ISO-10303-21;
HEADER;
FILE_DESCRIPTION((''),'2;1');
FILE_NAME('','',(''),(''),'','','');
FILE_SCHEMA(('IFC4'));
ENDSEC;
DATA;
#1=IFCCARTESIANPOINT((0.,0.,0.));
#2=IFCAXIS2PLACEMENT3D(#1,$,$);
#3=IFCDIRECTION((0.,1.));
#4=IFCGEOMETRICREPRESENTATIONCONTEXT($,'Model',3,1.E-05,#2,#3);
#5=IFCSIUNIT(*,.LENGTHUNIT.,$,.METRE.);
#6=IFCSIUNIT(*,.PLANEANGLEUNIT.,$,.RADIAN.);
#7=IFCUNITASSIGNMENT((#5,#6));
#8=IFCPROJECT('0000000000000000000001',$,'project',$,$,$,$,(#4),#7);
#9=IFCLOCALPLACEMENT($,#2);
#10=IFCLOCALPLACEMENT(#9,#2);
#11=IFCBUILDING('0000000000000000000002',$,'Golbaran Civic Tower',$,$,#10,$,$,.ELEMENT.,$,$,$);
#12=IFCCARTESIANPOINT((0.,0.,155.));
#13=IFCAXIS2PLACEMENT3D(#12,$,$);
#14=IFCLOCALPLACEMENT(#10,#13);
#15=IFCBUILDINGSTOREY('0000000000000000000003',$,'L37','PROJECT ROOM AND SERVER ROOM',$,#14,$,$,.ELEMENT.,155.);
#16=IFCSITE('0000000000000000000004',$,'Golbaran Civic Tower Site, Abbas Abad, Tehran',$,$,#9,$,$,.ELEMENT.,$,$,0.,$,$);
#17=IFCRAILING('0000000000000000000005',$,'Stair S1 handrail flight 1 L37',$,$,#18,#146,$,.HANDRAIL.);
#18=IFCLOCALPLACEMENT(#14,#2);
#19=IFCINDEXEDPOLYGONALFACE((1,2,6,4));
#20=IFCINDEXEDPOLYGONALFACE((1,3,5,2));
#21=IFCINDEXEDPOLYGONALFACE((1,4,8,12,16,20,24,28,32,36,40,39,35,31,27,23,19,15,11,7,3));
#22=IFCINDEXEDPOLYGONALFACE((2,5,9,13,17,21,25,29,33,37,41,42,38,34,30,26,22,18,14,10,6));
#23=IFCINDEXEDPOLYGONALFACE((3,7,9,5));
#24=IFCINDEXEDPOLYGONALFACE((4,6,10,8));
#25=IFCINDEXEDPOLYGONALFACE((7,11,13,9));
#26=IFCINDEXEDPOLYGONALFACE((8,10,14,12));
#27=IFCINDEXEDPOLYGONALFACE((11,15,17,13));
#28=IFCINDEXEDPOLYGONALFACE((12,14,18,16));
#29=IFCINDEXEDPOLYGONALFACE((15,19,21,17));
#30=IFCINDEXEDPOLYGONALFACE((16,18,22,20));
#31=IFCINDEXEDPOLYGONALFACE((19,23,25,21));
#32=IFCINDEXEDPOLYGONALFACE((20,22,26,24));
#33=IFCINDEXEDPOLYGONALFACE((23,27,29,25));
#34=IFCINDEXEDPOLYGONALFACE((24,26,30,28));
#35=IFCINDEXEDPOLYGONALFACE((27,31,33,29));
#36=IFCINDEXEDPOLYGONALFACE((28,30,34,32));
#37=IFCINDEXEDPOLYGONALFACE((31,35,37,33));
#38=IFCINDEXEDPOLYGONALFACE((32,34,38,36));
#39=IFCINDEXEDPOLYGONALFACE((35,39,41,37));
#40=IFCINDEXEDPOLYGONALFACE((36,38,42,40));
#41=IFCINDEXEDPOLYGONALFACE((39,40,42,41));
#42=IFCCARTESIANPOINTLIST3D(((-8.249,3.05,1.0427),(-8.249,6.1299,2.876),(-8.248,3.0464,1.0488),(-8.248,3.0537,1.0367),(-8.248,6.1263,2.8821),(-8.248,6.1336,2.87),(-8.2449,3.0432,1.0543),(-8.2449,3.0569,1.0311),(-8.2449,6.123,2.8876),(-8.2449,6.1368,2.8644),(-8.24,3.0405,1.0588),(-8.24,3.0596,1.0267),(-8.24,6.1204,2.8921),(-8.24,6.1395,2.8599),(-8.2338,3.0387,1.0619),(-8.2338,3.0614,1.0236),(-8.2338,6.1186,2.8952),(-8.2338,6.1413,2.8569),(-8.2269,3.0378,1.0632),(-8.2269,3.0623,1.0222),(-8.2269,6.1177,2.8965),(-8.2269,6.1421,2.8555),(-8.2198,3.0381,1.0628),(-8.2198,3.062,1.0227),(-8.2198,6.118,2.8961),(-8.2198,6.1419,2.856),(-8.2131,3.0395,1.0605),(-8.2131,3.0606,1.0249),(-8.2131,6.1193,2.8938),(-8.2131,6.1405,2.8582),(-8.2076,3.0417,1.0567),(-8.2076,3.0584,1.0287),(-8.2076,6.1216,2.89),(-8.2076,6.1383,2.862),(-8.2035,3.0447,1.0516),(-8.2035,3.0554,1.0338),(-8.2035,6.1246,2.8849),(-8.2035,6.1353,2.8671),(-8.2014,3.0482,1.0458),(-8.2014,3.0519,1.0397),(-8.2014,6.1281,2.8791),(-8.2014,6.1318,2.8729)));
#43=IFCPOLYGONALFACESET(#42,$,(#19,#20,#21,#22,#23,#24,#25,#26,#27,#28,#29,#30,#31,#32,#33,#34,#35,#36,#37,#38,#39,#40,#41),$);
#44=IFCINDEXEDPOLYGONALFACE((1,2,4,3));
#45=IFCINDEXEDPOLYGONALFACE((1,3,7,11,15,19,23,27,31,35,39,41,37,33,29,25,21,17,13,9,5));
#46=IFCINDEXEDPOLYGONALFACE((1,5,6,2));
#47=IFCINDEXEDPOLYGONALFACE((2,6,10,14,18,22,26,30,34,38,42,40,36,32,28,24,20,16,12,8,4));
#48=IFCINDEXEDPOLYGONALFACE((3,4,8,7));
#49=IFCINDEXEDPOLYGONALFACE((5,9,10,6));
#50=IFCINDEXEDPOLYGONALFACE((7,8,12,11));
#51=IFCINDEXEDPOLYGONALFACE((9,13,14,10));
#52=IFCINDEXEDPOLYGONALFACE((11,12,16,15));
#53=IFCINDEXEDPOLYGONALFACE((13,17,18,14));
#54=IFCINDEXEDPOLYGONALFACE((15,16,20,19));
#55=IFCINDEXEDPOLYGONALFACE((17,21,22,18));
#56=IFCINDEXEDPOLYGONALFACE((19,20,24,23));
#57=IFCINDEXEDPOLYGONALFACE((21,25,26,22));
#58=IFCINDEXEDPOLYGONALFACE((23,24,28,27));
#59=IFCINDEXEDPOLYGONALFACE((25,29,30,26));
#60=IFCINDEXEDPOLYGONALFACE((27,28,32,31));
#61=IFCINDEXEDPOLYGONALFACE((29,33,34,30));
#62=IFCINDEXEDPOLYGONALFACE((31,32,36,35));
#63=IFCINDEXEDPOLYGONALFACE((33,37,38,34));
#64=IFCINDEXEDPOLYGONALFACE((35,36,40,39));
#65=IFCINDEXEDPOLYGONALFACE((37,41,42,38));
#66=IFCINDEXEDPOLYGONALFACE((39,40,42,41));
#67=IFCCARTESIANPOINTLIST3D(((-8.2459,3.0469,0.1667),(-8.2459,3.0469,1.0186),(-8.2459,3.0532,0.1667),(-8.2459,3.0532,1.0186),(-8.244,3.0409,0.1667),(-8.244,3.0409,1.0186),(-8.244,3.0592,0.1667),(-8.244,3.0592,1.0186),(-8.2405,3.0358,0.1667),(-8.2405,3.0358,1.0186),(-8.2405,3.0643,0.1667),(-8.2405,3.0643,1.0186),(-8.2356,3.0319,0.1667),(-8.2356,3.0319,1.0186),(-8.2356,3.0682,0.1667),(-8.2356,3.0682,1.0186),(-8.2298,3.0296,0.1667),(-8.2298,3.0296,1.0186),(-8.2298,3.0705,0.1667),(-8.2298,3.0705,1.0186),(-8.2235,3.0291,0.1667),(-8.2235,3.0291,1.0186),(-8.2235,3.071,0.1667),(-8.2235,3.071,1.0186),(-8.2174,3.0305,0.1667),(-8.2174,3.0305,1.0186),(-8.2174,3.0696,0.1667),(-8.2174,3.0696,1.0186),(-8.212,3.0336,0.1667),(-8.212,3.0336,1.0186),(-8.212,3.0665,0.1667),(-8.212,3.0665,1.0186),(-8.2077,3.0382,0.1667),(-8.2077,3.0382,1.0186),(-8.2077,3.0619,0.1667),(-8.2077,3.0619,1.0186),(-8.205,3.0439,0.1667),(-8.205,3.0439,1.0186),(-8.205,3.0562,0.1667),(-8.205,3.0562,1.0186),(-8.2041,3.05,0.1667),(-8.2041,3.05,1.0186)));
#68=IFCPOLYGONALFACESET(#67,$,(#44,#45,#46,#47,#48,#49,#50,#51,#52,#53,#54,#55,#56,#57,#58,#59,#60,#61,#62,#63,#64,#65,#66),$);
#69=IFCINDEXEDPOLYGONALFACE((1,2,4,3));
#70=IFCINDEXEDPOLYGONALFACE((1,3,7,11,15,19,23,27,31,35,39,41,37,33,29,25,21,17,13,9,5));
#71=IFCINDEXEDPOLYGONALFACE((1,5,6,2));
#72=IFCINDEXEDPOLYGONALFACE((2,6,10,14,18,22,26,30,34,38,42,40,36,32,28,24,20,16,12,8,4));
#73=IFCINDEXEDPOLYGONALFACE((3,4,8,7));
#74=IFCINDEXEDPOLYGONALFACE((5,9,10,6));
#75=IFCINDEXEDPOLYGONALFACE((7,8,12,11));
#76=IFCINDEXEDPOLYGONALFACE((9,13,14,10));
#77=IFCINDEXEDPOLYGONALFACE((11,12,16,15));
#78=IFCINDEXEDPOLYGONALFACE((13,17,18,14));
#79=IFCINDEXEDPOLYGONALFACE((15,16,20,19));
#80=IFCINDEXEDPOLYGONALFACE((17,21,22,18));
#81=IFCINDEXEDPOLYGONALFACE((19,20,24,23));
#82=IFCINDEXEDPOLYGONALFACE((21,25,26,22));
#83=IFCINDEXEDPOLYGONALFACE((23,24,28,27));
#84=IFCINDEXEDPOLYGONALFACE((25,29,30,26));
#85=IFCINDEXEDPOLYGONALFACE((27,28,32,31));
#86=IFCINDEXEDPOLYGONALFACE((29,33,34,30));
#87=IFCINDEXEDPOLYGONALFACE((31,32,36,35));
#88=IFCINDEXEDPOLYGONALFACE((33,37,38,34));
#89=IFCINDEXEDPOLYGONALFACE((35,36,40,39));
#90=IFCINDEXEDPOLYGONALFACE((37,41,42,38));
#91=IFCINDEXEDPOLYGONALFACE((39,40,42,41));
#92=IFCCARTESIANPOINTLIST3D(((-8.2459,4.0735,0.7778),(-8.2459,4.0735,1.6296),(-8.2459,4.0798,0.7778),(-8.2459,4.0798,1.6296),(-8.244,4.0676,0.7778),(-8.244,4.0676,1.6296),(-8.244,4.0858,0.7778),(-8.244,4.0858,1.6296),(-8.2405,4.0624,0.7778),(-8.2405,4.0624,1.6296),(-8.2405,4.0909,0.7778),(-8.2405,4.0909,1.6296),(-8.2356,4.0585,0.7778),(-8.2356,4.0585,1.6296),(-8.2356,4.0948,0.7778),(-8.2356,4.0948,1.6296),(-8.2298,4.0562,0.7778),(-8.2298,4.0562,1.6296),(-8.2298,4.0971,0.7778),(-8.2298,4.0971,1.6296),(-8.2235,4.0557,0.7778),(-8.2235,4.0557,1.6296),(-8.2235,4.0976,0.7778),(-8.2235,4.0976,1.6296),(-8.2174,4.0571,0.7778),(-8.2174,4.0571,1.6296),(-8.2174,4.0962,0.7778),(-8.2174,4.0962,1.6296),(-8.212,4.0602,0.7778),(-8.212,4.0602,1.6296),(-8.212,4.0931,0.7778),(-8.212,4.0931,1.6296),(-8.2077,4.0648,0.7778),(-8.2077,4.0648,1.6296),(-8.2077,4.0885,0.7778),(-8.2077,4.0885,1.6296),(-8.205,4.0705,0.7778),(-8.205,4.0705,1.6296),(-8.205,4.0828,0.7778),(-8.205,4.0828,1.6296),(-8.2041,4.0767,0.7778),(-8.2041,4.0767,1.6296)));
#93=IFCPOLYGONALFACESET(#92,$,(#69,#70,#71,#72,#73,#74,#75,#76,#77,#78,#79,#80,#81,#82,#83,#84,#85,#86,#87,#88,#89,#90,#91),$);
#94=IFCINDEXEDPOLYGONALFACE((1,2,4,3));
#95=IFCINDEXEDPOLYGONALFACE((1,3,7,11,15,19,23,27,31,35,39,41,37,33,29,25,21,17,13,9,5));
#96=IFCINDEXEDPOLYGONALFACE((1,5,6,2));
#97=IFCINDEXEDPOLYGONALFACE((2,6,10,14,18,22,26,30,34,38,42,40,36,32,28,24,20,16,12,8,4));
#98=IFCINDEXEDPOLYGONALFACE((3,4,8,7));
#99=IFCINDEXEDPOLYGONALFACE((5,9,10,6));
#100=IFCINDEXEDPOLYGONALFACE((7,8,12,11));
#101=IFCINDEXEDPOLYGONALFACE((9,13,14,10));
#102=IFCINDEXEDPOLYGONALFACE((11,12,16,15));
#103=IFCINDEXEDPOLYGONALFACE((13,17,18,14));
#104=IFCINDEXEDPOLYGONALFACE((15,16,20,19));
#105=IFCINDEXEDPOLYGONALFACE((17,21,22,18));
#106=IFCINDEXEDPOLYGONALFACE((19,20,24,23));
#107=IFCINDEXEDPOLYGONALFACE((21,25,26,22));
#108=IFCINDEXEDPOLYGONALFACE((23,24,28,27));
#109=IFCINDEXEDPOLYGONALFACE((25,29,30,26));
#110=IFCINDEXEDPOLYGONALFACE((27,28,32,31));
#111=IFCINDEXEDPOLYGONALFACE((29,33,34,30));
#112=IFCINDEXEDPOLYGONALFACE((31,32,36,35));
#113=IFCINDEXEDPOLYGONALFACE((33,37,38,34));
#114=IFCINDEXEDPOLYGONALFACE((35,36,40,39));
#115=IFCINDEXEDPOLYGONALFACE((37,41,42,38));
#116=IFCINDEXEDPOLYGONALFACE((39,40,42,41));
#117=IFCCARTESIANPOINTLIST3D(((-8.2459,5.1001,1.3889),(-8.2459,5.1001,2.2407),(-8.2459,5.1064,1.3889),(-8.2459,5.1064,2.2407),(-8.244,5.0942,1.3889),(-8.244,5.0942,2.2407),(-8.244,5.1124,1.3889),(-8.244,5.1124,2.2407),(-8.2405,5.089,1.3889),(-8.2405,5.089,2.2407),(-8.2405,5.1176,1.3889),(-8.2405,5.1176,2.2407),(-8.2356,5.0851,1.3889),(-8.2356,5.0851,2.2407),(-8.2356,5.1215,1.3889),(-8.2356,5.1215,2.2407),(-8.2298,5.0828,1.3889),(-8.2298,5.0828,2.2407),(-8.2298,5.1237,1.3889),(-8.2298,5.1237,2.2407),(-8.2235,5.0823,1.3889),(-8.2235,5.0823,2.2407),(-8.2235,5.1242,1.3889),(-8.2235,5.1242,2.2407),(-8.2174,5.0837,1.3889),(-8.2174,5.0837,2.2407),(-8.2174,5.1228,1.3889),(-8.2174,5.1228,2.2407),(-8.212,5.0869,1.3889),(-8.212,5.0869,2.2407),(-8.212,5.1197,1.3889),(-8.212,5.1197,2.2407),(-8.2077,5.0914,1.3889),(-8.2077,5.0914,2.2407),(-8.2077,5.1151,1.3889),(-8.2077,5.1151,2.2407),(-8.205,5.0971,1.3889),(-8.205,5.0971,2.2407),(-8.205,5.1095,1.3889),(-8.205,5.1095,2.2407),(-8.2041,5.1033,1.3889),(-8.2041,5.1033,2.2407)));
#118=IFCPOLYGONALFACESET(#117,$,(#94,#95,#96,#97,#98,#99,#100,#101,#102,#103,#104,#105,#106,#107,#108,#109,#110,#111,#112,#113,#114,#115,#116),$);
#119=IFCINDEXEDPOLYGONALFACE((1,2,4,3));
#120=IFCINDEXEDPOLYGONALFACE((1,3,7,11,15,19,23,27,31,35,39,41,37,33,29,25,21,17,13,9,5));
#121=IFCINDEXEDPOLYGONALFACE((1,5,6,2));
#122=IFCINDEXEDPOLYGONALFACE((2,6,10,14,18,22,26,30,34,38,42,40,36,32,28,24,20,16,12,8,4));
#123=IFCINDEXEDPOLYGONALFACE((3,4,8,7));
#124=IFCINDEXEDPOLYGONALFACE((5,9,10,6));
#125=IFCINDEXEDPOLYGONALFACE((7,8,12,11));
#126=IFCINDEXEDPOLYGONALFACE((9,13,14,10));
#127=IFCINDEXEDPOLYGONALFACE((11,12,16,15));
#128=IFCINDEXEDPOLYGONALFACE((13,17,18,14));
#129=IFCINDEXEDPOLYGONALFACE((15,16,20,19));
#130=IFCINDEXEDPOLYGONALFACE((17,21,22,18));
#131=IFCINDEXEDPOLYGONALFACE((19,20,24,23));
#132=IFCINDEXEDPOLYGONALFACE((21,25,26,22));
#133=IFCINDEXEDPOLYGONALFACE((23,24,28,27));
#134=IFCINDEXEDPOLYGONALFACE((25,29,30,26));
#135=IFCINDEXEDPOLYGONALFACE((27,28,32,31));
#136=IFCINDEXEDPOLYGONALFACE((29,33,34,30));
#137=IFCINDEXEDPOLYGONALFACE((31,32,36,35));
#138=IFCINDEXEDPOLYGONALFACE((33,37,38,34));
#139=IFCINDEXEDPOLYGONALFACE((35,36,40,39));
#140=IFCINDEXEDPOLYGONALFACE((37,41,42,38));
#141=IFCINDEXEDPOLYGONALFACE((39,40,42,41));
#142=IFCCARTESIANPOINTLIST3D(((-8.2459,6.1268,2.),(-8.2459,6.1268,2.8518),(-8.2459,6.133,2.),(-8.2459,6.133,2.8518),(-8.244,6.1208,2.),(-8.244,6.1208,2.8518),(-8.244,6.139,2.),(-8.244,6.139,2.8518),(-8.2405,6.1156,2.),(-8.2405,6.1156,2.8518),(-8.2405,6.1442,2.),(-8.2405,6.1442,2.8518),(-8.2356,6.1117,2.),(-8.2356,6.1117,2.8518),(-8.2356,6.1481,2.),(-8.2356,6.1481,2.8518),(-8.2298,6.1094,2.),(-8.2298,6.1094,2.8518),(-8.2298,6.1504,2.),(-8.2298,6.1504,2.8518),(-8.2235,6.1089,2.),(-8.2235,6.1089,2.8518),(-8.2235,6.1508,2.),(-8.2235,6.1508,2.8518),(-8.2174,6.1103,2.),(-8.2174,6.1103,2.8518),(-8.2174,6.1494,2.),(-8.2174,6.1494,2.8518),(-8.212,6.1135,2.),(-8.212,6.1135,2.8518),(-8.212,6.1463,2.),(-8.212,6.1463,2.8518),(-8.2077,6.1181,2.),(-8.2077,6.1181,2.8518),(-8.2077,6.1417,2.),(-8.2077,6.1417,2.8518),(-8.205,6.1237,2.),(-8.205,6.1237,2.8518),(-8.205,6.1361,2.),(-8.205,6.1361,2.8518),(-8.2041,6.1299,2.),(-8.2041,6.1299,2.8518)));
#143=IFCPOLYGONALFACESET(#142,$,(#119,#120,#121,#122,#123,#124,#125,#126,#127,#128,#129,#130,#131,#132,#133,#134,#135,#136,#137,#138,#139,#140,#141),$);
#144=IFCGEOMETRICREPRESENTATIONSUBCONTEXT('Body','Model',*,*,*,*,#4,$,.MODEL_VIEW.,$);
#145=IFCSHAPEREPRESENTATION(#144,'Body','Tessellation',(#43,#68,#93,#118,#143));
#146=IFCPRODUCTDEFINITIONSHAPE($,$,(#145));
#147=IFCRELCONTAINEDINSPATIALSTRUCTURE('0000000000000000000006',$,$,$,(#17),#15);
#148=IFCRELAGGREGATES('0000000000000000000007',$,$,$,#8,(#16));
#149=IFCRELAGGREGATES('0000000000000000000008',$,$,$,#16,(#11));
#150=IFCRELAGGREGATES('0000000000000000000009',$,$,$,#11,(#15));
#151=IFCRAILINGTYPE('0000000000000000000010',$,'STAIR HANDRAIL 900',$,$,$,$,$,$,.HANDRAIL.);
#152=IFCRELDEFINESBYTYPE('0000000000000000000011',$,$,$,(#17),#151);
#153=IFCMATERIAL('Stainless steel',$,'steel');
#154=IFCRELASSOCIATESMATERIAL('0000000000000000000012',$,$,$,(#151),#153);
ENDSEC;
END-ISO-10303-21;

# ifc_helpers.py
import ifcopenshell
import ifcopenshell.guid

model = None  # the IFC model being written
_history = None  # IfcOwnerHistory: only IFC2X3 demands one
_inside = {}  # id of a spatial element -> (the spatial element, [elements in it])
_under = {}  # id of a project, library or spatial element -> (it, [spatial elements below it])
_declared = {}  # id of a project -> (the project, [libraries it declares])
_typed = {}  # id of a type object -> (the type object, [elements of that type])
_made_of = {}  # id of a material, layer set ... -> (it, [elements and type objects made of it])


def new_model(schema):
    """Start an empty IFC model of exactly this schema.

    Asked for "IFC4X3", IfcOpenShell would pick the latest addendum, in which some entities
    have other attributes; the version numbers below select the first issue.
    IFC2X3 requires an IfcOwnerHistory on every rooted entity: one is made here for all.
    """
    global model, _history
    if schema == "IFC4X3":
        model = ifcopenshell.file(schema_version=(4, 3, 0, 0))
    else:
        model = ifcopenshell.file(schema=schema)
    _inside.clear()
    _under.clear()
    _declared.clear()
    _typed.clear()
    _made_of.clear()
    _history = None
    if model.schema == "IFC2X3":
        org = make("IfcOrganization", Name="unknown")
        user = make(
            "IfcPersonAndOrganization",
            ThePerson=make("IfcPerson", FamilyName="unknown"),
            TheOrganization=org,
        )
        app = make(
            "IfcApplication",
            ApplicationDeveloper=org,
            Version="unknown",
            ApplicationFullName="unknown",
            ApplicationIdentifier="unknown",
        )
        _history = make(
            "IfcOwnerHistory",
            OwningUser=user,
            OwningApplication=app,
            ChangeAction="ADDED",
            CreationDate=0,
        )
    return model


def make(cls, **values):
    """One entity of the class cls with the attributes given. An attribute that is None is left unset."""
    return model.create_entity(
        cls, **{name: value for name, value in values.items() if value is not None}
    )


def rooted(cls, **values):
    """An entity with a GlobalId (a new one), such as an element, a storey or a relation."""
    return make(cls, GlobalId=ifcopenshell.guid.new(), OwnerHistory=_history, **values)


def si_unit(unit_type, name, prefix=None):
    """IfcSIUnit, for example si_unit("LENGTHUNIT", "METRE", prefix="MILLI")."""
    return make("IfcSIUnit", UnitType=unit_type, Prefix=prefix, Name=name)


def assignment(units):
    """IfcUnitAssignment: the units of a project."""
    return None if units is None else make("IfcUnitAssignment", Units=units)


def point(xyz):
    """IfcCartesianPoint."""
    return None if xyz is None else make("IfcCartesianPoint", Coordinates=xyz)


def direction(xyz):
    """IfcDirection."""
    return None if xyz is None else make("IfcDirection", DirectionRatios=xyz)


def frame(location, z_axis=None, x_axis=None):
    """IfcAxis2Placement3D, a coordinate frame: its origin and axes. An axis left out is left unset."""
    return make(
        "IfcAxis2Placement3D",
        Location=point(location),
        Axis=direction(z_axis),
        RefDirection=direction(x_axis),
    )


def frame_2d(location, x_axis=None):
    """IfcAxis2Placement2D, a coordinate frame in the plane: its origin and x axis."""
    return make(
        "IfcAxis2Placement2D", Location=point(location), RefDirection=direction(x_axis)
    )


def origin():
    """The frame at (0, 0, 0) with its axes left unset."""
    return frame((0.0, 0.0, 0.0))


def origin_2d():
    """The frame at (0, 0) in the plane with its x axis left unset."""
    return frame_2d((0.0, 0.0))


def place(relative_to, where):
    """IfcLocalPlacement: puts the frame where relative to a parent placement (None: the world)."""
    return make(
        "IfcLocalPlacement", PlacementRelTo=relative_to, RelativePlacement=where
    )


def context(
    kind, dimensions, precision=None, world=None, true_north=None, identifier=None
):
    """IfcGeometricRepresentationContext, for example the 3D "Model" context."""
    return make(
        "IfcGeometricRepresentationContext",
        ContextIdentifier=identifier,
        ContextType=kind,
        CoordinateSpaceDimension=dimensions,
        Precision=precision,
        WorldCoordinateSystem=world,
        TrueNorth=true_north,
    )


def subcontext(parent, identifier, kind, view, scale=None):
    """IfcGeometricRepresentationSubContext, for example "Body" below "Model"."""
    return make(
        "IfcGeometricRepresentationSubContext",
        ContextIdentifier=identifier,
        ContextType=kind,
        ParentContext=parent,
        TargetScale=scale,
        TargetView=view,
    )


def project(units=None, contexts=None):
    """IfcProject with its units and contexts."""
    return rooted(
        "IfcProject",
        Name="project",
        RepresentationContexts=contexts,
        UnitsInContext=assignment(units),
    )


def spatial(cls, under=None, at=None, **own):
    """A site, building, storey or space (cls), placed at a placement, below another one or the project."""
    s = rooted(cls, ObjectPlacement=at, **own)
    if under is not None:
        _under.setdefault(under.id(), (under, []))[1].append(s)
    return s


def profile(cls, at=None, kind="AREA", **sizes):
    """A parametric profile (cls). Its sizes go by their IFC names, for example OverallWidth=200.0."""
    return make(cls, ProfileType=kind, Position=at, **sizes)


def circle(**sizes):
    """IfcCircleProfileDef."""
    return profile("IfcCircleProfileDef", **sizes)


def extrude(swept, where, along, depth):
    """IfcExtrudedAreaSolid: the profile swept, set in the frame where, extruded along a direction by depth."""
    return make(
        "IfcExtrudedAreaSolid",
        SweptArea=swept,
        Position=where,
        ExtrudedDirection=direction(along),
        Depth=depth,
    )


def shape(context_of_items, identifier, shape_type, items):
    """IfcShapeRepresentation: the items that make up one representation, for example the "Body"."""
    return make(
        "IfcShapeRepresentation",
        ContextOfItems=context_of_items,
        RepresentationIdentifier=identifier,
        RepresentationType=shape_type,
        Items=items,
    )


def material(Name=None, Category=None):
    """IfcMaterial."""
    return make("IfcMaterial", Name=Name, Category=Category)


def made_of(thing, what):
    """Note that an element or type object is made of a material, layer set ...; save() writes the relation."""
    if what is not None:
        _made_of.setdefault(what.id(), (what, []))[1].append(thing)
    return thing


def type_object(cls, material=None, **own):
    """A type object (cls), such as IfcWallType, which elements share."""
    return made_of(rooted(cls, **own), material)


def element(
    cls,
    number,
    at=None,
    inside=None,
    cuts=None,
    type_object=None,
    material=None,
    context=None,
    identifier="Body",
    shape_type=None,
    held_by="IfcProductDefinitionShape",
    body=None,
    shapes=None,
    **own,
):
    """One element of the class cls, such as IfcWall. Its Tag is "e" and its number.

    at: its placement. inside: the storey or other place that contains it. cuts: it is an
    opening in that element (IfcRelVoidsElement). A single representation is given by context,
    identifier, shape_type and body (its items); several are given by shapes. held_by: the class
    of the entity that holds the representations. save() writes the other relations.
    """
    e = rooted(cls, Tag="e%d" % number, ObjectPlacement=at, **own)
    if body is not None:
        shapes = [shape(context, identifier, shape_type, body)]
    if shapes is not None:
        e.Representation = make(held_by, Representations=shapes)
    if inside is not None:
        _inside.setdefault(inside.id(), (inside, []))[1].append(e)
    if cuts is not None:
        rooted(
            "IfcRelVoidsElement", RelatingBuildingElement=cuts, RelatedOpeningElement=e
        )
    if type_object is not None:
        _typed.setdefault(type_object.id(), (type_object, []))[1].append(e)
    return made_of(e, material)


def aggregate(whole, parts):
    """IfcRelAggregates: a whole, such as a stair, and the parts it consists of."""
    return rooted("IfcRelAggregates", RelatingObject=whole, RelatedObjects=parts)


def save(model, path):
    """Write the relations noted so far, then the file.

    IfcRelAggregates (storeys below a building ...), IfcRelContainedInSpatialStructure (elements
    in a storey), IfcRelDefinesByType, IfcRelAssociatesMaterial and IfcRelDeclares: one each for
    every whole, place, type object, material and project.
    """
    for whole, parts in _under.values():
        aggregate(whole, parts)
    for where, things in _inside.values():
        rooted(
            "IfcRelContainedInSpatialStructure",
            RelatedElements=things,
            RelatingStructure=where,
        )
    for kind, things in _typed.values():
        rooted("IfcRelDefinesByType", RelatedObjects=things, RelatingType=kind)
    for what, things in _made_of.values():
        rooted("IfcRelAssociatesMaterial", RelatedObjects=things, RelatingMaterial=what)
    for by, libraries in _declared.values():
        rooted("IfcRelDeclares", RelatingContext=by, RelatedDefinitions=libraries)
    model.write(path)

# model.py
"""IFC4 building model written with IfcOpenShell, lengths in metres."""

from ifc_helpers import new_model, si_unit, direction, frame, origin, origin_2d, place, context, subcontext, project, spatial, circle, extrude, material, type_object, element, save


model = new_model("IFC4")

# Units and contexts
model_context = context("Model", 3, precision=1e-05, world=origin(), true_north=direction((0.0, 1.0)))
body_context = subcontext(model_context, "Body", "Model", "MODEL_VIEW")
ifc_project = project(units=[si_unit("LENGTHUNIT", "METRE"), si_unit("PLANEANGLEUNIT", "RADIAN")], contexts=[model_context])

# Site, building, storey
site_placement = place(None, origin())
site = spatial("IfcSite", under=ifc_project, at=site_placement, Name="Golbaran Civic Tower Site, Abbas Abad, Tehran", CompositionType="ELEMENT", RefElevation=0.0)
building_placement = place(site_placement, origin())
building = spatial("IfcBuilding", under=site, at=building_placement, Name="Golbaran Civic Tower", CompositionType="ELEMENT")
storey_placement = place(building_placement, frame((0.0, 0.0, 155.0)))
storey = spatial("IfcBuildingStorey", under=building, at=storey_placement, Name="L37", Description="PROJECT ROOM AND SERVER ROOM", CompositionType="ELEMENT", Elevation=155.0)

# Railing
ifc_material_1 = material(Name="Stainless steel", Category="steel")
railing_type = type_object("IfcRailingType", Name="STAIR HANDRAIL 900", PredefinedType="HANDRAIL", material=ifc_material_1)
railing_placement = place(storey_placement, frame((-8.2251, 3.05, 0.1667)))
element("IfcRailing", 1, at=railing_placement, inside=storey, type_object=railing_type, Name="Stair S1 handrail flight 1 L37", PredefinedType="HANDRAIL", context=body_context, shape_type="SweptSolid", body=[
    extrude(circle(Radius=0.0239, at=origin_2d()), frame((0.0, 0.0, 0.876), z_axis=(0.0, 0.859291, 0.511487), x_axis=(-1.0, 0.0, 0.0)), (0.0, 0.0, 1.0), 3.5842),
    extrude(circle(Radius=0.021, at=origin_2d()), origin(), (0.0, 0.0, 1.0), 0.8518),
    extrude(circle(Radius=0.021, at=origin_2d()), frame((0.0, 1.0266, 0.6111)), (0.0, 0.0, 1.0), 0.8518),
    extrude(circle(Radius=0.021, at=origin_2d()), frame((0.0, 2.0532, 1.2222)), (0.0, 0.0, 1.0), 0.8518),
    extrude(circle(Radius=0.021, at=origin_2d()), frame((0.0, 3.0798, 1.8333)), (0.0, 0.0, 1.0), 0.8518),
])

save(model, "model.ifc")
